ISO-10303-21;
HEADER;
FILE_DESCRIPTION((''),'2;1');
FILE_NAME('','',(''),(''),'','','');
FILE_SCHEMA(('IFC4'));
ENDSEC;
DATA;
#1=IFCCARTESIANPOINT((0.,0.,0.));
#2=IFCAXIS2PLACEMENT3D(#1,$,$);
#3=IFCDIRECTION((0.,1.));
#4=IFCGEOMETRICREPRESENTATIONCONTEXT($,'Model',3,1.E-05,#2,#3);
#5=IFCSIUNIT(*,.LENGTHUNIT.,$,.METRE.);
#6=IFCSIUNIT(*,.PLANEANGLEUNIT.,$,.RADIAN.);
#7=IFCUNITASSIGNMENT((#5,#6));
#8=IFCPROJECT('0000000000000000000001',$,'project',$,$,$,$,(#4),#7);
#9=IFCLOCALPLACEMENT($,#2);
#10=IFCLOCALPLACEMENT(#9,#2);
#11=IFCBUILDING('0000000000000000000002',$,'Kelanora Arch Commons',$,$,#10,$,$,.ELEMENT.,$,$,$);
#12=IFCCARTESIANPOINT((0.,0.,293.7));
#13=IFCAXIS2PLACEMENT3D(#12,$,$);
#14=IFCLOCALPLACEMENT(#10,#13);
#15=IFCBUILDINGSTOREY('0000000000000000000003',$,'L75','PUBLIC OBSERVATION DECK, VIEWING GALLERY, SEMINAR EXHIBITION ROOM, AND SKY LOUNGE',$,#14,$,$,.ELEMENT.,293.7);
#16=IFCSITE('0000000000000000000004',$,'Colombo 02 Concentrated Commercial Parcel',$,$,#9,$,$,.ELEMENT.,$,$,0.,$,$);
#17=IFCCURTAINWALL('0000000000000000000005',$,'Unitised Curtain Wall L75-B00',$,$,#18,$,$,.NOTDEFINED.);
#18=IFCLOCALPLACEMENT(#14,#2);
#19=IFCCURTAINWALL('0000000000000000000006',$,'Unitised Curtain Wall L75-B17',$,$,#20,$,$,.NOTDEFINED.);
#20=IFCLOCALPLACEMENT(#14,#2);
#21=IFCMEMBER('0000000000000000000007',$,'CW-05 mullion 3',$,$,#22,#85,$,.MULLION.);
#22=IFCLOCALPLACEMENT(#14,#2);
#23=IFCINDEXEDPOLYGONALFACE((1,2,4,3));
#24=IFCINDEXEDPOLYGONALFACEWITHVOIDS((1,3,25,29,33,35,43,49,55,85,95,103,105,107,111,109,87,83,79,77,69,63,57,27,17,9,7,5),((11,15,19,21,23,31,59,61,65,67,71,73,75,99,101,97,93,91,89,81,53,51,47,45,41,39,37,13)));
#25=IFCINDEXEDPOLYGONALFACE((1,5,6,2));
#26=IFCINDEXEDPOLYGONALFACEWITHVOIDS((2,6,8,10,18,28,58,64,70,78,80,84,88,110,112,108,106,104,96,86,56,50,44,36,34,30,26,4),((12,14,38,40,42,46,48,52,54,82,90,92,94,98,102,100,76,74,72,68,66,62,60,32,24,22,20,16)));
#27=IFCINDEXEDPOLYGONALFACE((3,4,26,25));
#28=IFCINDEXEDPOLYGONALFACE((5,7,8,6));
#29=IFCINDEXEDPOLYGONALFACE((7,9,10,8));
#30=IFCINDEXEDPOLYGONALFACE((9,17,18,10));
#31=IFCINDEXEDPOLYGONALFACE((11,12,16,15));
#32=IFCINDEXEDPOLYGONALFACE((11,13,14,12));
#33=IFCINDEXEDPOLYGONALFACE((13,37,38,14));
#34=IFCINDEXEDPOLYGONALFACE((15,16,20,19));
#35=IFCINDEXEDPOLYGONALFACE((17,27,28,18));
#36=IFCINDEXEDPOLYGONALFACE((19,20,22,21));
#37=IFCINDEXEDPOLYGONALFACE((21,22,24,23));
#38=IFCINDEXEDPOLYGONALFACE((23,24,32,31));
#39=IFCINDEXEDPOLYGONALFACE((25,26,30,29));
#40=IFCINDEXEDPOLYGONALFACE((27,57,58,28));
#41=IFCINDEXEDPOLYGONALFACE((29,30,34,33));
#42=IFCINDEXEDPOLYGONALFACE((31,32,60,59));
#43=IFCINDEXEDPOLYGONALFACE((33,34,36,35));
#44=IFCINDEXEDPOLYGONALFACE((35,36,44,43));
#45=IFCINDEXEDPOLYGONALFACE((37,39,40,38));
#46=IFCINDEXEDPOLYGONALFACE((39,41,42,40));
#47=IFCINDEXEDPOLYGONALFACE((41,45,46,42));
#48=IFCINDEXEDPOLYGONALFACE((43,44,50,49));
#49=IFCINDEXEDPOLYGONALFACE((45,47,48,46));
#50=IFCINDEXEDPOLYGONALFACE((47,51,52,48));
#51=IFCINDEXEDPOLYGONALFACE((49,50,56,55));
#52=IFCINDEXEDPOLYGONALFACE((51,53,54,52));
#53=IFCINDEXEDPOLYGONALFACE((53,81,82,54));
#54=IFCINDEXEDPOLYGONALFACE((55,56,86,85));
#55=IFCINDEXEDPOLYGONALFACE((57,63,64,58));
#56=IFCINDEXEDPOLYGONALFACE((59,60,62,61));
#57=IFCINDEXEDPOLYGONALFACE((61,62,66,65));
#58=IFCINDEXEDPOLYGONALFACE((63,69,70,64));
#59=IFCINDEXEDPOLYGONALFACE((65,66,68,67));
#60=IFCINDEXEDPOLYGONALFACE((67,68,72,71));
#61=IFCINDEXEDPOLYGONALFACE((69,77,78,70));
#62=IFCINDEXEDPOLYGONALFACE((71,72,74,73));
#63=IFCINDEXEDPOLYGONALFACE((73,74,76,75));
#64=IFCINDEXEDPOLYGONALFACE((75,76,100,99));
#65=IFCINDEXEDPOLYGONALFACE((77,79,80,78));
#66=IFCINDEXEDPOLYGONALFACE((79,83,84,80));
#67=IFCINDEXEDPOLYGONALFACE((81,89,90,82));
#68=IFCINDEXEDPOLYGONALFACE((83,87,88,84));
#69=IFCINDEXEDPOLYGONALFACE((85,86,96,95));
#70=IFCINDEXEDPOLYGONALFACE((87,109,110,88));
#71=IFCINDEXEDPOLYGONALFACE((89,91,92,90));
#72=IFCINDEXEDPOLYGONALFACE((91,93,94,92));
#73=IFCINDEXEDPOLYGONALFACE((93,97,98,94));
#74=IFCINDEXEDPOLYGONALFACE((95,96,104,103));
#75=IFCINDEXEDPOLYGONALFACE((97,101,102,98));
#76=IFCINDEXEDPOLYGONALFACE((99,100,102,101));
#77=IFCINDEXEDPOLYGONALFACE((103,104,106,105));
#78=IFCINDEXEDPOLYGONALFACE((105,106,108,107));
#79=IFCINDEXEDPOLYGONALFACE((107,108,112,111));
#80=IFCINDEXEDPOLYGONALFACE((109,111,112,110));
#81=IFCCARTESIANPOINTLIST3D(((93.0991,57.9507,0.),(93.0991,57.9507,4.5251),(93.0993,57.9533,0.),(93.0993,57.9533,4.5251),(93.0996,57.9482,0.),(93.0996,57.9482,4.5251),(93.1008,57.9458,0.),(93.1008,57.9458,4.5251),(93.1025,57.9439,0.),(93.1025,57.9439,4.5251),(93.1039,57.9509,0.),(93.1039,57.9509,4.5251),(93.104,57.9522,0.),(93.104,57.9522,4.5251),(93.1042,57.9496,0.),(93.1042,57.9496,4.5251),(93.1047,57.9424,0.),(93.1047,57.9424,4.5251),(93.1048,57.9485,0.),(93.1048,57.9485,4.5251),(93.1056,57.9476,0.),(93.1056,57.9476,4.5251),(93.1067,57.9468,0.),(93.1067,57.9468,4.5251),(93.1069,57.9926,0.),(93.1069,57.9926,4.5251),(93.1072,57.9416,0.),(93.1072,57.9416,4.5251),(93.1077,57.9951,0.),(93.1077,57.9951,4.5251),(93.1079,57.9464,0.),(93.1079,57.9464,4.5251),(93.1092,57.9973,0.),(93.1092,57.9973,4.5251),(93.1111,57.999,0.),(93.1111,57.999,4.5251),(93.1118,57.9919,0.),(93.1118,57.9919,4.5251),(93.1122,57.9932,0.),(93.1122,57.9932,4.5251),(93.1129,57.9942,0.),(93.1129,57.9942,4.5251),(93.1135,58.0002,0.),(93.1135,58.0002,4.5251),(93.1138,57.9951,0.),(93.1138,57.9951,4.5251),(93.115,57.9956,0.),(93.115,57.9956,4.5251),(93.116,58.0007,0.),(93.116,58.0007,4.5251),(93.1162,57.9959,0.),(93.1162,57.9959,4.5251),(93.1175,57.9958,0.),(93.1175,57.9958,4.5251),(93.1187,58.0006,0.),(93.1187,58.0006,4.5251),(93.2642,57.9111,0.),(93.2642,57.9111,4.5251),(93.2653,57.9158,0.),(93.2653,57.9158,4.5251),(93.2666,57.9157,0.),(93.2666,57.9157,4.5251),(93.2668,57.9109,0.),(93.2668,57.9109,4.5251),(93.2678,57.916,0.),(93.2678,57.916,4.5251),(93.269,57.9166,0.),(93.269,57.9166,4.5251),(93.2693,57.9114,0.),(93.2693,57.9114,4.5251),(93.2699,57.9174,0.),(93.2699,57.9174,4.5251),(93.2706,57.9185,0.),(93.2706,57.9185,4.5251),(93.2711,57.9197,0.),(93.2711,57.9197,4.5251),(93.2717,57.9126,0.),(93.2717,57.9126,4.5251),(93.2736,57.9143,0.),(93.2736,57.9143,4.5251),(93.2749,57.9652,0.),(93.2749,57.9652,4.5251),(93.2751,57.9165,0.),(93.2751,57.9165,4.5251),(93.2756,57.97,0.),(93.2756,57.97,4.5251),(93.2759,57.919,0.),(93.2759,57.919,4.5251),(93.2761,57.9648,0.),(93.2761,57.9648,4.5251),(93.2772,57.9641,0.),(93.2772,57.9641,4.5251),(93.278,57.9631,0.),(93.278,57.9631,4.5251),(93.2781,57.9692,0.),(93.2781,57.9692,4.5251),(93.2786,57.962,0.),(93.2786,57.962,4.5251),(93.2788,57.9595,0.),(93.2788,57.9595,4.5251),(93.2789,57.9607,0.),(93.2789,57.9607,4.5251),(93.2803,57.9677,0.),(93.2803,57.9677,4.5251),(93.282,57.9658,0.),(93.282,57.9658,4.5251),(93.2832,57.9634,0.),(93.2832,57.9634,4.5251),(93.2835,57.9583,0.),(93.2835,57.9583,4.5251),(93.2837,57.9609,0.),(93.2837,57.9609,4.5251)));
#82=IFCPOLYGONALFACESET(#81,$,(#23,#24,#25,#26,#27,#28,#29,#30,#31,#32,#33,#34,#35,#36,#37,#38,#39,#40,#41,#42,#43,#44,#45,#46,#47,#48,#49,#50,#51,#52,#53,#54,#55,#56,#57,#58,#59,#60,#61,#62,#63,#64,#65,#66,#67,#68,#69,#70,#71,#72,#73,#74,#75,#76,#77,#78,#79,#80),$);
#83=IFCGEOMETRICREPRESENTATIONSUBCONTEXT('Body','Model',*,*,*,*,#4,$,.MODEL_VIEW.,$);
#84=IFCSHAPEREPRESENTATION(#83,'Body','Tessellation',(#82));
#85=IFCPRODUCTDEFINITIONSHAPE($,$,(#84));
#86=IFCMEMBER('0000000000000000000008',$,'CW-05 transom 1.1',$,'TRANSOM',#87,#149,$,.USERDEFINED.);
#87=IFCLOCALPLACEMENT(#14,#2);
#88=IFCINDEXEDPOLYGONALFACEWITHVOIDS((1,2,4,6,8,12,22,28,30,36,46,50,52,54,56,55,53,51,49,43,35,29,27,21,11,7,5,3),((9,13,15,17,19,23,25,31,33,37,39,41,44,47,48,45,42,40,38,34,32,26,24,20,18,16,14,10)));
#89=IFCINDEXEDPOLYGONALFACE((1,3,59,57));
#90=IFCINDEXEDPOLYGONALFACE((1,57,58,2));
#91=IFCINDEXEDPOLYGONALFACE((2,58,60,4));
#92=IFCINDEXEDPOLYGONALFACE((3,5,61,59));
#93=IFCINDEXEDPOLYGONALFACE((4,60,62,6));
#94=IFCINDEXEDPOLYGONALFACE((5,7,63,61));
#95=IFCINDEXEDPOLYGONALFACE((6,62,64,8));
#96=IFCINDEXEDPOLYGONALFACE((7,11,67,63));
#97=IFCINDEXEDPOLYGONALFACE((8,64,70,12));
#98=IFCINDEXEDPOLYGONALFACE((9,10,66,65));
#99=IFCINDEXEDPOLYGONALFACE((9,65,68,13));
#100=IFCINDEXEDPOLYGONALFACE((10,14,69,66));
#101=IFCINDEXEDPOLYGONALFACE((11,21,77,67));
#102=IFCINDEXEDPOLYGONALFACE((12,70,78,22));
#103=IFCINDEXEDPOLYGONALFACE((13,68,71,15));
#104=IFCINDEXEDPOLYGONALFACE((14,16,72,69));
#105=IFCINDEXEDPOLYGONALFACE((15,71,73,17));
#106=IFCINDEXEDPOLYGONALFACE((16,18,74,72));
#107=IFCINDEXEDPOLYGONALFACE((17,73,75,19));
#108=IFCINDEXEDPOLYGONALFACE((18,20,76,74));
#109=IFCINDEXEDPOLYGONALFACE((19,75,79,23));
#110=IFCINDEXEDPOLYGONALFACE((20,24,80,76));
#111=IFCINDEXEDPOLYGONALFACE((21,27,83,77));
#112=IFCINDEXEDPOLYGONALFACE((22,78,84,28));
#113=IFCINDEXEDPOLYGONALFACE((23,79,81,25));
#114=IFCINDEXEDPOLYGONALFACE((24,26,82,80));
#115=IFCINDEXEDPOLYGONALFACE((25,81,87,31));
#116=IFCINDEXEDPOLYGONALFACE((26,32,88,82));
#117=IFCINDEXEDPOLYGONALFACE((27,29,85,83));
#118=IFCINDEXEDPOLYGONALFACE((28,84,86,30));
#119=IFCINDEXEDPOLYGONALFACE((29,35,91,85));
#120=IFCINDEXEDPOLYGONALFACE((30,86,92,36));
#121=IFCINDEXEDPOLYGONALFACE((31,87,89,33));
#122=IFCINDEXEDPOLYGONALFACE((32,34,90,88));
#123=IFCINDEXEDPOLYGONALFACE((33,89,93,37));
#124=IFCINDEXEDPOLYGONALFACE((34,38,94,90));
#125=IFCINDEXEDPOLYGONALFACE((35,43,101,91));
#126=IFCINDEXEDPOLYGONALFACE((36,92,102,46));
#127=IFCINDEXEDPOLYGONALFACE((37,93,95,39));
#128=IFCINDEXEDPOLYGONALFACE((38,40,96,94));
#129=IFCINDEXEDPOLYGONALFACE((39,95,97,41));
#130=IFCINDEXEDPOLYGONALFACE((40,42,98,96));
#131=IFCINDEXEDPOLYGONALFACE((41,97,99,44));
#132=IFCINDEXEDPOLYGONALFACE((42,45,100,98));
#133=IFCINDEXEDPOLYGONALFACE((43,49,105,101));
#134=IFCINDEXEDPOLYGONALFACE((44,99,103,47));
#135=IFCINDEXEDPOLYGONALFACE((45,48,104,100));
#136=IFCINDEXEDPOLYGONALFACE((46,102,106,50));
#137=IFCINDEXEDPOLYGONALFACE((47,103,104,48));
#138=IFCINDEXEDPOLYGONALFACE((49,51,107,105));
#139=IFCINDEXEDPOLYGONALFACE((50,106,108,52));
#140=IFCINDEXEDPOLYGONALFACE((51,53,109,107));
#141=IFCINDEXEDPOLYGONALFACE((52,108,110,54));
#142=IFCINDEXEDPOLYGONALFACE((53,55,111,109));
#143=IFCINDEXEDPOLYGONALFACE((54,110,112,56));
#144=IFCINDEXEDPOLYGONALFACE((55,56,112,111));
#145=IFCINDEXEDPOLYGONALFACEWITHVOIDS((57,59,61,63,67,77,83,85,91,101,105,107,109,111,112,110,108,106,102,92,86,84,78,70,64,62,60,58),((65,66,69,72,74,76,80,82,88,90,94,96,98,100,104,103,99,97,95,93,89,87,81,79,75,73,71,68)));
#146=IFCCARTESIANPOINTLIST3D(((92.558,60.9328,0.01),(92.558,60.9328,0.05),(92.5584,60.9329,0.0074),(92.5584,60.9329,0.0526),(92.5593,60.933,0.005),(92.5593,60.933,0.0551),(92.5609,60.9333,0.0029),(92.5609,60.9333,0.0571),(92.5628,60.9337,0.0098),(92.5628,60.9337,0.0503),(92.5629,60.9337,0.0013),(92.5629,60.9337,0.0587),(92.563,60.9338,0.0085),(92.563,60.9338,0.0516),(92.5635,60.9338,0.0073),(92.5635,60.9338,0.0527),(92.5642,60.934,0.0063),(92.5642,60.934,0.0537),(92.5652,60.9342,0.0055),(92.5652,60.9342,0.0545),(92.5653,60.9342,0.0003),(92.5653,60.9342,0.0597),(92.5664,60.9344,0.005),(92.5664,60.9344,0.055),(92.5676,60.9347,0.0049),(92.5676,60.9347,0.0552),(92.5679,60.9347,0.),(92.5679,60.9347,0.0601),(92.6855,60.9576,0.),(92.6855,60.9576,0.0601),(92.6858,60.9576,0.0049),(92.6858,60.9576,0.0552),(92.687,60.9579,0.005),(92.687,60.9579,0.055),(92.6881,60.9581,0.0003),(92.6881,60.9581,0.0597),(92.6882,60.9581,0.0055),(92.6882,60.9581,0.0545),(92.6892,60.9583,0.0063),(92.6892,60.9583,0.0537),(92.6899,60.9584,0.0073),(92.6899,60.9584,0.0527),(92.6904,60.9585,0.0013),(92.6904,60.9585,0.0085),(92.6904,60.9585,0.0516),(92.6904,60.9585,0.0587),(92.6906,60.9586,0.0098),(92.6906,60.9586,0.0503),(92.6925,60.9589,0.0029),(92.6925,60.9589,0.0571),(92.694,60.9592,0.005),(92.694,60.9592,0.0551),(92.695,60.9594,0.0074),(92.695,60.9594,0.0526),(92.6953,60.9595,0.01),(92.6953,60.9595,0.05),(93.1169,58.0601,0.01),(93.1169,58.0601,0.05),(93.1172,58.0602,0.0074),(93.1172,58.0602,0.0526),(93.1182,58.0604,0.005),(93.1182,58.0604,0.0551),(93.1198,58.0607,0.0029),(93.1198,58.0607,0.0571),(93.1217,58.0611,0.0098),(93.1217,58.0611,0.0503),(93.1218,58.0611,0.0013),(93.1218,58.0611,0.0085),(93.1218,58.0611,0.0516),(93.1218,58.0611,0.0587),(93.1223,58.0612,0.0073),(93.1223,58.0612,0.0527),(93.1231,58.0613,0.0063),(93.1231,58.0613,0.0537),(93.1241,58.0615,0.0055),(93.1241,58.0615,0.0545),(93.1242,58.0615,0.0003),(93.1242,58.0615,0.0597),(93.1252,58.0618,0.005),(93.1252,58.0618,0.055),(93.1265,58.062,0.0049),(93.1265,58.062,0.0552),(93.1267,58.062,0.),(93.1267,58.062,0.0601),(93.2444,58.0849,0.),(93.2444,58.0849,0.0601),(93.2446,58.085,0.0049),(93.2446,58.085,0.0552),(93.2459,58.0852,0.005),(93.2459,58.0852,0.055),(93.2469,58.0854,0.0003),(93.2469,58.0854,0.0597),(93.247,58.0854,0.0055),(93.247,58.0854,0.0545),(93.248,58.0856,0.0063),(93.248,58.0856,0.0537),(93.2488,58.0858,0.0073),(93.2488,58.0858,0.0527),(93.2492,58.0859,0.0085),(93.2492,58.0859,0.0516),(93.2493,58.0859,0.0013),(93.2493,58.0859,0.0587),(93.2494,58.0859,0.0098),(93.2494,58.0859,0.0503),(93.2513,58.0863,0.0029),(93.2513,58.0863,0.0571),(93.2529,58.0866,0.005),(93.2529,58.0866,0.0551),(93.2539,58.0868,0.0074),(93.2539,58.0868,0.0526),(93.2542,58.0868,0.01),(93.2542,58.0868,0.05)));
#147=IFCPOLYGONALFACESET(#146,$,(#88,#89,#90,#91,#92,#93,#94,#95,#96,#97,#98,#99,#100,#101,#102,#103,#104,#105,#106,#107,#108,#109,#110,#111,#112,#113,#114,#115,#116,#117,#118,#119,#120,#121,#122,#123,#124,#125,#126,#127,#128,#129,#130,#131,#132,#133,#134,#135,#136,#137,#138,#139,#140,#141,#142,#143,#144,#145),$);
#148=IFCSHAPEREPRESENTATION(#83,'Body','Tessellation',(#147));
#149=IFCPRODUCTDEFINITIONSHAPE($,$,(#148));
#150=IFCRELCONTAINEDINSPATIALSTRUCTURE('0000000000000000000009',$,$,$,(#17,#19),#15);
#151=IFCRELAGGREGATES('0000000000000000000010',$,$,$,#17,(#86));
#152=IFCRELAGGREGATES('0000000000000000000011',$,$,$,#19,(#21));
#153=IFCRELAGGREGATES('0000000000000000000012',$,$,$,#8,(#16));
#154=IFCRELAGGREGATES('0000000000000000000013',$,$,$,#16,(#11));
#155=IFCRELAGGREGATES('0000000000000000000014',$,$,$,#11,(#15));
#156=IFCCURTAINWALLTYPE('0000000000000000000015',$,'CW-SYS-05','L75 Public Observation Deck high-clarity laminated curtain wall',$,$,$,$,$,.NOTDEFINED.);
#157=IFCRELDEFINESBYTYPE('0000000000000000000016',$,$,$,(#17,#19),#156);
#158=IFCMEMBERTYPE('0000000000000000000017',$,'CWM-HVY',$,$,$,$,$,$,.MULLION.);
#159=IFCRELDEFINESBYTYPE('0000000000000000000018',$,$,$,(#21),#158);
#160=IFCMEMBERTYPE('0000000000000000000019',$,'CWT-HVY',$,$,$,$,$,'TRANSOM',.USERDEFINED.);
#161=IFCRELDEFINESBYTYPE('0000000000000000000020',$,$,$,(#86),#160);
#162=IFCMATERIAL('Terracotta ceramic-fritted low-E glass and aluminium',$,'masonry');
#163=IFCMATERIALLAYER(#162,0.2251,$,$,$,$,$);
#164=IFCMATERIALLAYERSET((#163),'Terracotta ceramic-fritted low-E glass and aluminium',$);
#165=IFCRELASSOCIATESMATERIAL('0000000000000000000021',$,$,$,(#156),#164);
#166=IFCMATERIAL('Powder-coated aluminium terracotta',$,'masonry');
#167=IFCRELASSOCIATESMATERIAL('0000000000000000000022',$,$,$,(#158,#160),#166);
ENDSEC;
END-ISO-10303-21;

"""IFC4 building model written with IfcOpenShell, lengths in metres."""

from ifc_helpers import new_model, si_unit, direction, frame, origin, origin_2d, place, context, subcontext, project, spatial, hollow_rectangle, extrude, material, layer, layer_set, material_profile, profile_set, type_object, element, aggregate, save


model = new_model("IFC4")

# Units and contexts
model_context = context("Model", 3, precision=1e-05, world=origin(), true_north=direction((0.0, 1.0)))
body_context = subcontext(model_context, "Body", "Model", "MODEL_VIEW")
ifc_project = project(units=[si_unit("LENGTHUNIT", "METRE"), si_unit("PLANEANGLEUNIT", "RADIAN")], contexts=[model_context])

# Site, building, storey
site_placement = place(None, origin())
site = spatial("IfcSite", under=ifc_project, at=site_placement, Name="Colombo 02 Concentrated Commercial Parcel", CompositionType="ELEMENT", RefElevation=0.0)
building_placement = place(site_placement, origin())
building = spatial("IfcBuilding", under=site, at=building_placement, Name="Kelanora Arch Commons", CompositionType="ELEMENT")
storey_placement = place(building_placement, frame((0.0, 0.0, 293.7)))
storey = spatial("IfcBuildingStorey", under=building, at=storey_placement, Name="L75", Description="PUBLIC OBSERVATION DECK, VIEWING GALLERY, SEMINAR EXHIBITION ROOM, AND SKY LOUNGE", CompositionType="ELEMENT", Elevation=293.7)

# Curtain wall
ifc_material_1 = material(Name="Terracotta ceramic-fritted low-E glass and aluminium", Category="masonry")
ifc_layer_1 = layer(ifc_material_1, 0.2251)
ifc_layer_set_1 = layer_set([ifc_layer_1], Name="Terracotta ceramic-fritted low-E glass and aluminium")
curtain_wall_type = type_object("IfcCurtainWallType", Name="CW-SYS-05", Description="L75 Public Observation Deck high-clarity laminated curtain wall", PredefinedType="NOTDEFINED", material=ifc_layer_set_1)
curtain_wall_1_placement = place(storey_placement, origin())
curtain_wall_1 = element("IfcCurtainWall", 1, at=curtain_wall_1_placement, inside=storey, type_object=curtain_wall_type, Name="Unitised Curtain Wall L75-B00", PredefinedType="NOTDEFINED")
ifc_material_2 = material(Name="Powder-coated aluminium terracotta", Category="masonry")
ifc_material_profile_1 = material_profile(ifc_material_2, hollow_rectangle(XDim=0.1799, YDim=0.0601, WallThickness=0.0049, InnerFilletRadius=0.0049, OuterFilletRadius=0.01, at=origin_2d()), Name="CWM180x60")
ifc_profile_set_1 = profile_set([ifc_material_profile_1], Name="Powder-coated aluminium terracotta")
member_type_1 = type_object("IfcMemberType", Name="CWM-HVY", PredefinedType="MULLION", material=ifc_profile_set_1)

# Curtain wall, member
curtain_wall_2_placement = place(storey_placement, origin())
curtain_wall_2 = element("IfcCurtainWall", 2, at=curtain_wall_2_placement, inside=storey, type_object=curtain_wall_type, Name="Unitised Curtain Wall L75-B17", PredefinedType="NOTDEFINED")
member_1_placement = place(storey_placement, frame((93.1914, 57.9558, 0.0), z_axis=(0.0, 0.0, 1.0), x_axis=(-0.981596, 0.190972, 0.0)))
member_1 = element("IfcMember", 3, at=member_1_placement, type_object=member_type_1, Name="CW-05 mullion 3", PredefinedType="MULLION", context=body_context, shape_type="SweptSolid", body=[
    extrude(hollow_rectangle(XDim=0.1799, YDim=0.0601, WallThickness=0.0049, InnerFilletRadius=0.0049, OuterFilletRadius=0.01, at=origin_2d()), origin(), (0.0, 0.0, 1.0), 4.5251),
])

# Member
ifc_material_profile_2 = material_profile(ifc_material_2, hollow_rectangle(XDim=0.1399, YDim=0.0601, WallThickness=0.0049, InnerFilletRadius=0.0049, OuterFilletRadius=0.01, at=origin_2d()), Name="CWT140x60")
ifc_profile_set_2 = profile_set([ifc_material_profile_2], Name="Powder-coated aluminium terracotta")
member_type_2 = type_object("IfcMemberType", Name="CWT-HVY", ElementType="TRANSOM", PredefinedType="USERDEFINED", material=ifc_profile_set_2)
member_2_placement = place(storey_placement, frame((93.1855, 58.0735, 0.03), z_axis=(-0.190963, 0.981597, 0.0), x_axis=(-0.981597, -0.190963, 0.0)))
member_2 = element("IfcMember", 4, at=member_2_placement, type_object=member_type_2, Name="CW-05 transom 1.1", ObjectType="TRANSOM", PredefinedType="USERDEFINED", context=body_context, shape_type="SweptSolid", body=[
    extrude(hollow_rectangle(XDim=0.1399, YDim=0.0601, WallThickness=0.0049, InnerFilletRadius=0.0049, OuterFilletRadius=0.01, at=origin_2d()), origin(), (0.0, 0.0, 1.0), 2.9265),
])

aggregate(curtain_wall_1, [member_2])
aggregate(curtain_wall_2, [member_1])

save(model, "model.ifc")
